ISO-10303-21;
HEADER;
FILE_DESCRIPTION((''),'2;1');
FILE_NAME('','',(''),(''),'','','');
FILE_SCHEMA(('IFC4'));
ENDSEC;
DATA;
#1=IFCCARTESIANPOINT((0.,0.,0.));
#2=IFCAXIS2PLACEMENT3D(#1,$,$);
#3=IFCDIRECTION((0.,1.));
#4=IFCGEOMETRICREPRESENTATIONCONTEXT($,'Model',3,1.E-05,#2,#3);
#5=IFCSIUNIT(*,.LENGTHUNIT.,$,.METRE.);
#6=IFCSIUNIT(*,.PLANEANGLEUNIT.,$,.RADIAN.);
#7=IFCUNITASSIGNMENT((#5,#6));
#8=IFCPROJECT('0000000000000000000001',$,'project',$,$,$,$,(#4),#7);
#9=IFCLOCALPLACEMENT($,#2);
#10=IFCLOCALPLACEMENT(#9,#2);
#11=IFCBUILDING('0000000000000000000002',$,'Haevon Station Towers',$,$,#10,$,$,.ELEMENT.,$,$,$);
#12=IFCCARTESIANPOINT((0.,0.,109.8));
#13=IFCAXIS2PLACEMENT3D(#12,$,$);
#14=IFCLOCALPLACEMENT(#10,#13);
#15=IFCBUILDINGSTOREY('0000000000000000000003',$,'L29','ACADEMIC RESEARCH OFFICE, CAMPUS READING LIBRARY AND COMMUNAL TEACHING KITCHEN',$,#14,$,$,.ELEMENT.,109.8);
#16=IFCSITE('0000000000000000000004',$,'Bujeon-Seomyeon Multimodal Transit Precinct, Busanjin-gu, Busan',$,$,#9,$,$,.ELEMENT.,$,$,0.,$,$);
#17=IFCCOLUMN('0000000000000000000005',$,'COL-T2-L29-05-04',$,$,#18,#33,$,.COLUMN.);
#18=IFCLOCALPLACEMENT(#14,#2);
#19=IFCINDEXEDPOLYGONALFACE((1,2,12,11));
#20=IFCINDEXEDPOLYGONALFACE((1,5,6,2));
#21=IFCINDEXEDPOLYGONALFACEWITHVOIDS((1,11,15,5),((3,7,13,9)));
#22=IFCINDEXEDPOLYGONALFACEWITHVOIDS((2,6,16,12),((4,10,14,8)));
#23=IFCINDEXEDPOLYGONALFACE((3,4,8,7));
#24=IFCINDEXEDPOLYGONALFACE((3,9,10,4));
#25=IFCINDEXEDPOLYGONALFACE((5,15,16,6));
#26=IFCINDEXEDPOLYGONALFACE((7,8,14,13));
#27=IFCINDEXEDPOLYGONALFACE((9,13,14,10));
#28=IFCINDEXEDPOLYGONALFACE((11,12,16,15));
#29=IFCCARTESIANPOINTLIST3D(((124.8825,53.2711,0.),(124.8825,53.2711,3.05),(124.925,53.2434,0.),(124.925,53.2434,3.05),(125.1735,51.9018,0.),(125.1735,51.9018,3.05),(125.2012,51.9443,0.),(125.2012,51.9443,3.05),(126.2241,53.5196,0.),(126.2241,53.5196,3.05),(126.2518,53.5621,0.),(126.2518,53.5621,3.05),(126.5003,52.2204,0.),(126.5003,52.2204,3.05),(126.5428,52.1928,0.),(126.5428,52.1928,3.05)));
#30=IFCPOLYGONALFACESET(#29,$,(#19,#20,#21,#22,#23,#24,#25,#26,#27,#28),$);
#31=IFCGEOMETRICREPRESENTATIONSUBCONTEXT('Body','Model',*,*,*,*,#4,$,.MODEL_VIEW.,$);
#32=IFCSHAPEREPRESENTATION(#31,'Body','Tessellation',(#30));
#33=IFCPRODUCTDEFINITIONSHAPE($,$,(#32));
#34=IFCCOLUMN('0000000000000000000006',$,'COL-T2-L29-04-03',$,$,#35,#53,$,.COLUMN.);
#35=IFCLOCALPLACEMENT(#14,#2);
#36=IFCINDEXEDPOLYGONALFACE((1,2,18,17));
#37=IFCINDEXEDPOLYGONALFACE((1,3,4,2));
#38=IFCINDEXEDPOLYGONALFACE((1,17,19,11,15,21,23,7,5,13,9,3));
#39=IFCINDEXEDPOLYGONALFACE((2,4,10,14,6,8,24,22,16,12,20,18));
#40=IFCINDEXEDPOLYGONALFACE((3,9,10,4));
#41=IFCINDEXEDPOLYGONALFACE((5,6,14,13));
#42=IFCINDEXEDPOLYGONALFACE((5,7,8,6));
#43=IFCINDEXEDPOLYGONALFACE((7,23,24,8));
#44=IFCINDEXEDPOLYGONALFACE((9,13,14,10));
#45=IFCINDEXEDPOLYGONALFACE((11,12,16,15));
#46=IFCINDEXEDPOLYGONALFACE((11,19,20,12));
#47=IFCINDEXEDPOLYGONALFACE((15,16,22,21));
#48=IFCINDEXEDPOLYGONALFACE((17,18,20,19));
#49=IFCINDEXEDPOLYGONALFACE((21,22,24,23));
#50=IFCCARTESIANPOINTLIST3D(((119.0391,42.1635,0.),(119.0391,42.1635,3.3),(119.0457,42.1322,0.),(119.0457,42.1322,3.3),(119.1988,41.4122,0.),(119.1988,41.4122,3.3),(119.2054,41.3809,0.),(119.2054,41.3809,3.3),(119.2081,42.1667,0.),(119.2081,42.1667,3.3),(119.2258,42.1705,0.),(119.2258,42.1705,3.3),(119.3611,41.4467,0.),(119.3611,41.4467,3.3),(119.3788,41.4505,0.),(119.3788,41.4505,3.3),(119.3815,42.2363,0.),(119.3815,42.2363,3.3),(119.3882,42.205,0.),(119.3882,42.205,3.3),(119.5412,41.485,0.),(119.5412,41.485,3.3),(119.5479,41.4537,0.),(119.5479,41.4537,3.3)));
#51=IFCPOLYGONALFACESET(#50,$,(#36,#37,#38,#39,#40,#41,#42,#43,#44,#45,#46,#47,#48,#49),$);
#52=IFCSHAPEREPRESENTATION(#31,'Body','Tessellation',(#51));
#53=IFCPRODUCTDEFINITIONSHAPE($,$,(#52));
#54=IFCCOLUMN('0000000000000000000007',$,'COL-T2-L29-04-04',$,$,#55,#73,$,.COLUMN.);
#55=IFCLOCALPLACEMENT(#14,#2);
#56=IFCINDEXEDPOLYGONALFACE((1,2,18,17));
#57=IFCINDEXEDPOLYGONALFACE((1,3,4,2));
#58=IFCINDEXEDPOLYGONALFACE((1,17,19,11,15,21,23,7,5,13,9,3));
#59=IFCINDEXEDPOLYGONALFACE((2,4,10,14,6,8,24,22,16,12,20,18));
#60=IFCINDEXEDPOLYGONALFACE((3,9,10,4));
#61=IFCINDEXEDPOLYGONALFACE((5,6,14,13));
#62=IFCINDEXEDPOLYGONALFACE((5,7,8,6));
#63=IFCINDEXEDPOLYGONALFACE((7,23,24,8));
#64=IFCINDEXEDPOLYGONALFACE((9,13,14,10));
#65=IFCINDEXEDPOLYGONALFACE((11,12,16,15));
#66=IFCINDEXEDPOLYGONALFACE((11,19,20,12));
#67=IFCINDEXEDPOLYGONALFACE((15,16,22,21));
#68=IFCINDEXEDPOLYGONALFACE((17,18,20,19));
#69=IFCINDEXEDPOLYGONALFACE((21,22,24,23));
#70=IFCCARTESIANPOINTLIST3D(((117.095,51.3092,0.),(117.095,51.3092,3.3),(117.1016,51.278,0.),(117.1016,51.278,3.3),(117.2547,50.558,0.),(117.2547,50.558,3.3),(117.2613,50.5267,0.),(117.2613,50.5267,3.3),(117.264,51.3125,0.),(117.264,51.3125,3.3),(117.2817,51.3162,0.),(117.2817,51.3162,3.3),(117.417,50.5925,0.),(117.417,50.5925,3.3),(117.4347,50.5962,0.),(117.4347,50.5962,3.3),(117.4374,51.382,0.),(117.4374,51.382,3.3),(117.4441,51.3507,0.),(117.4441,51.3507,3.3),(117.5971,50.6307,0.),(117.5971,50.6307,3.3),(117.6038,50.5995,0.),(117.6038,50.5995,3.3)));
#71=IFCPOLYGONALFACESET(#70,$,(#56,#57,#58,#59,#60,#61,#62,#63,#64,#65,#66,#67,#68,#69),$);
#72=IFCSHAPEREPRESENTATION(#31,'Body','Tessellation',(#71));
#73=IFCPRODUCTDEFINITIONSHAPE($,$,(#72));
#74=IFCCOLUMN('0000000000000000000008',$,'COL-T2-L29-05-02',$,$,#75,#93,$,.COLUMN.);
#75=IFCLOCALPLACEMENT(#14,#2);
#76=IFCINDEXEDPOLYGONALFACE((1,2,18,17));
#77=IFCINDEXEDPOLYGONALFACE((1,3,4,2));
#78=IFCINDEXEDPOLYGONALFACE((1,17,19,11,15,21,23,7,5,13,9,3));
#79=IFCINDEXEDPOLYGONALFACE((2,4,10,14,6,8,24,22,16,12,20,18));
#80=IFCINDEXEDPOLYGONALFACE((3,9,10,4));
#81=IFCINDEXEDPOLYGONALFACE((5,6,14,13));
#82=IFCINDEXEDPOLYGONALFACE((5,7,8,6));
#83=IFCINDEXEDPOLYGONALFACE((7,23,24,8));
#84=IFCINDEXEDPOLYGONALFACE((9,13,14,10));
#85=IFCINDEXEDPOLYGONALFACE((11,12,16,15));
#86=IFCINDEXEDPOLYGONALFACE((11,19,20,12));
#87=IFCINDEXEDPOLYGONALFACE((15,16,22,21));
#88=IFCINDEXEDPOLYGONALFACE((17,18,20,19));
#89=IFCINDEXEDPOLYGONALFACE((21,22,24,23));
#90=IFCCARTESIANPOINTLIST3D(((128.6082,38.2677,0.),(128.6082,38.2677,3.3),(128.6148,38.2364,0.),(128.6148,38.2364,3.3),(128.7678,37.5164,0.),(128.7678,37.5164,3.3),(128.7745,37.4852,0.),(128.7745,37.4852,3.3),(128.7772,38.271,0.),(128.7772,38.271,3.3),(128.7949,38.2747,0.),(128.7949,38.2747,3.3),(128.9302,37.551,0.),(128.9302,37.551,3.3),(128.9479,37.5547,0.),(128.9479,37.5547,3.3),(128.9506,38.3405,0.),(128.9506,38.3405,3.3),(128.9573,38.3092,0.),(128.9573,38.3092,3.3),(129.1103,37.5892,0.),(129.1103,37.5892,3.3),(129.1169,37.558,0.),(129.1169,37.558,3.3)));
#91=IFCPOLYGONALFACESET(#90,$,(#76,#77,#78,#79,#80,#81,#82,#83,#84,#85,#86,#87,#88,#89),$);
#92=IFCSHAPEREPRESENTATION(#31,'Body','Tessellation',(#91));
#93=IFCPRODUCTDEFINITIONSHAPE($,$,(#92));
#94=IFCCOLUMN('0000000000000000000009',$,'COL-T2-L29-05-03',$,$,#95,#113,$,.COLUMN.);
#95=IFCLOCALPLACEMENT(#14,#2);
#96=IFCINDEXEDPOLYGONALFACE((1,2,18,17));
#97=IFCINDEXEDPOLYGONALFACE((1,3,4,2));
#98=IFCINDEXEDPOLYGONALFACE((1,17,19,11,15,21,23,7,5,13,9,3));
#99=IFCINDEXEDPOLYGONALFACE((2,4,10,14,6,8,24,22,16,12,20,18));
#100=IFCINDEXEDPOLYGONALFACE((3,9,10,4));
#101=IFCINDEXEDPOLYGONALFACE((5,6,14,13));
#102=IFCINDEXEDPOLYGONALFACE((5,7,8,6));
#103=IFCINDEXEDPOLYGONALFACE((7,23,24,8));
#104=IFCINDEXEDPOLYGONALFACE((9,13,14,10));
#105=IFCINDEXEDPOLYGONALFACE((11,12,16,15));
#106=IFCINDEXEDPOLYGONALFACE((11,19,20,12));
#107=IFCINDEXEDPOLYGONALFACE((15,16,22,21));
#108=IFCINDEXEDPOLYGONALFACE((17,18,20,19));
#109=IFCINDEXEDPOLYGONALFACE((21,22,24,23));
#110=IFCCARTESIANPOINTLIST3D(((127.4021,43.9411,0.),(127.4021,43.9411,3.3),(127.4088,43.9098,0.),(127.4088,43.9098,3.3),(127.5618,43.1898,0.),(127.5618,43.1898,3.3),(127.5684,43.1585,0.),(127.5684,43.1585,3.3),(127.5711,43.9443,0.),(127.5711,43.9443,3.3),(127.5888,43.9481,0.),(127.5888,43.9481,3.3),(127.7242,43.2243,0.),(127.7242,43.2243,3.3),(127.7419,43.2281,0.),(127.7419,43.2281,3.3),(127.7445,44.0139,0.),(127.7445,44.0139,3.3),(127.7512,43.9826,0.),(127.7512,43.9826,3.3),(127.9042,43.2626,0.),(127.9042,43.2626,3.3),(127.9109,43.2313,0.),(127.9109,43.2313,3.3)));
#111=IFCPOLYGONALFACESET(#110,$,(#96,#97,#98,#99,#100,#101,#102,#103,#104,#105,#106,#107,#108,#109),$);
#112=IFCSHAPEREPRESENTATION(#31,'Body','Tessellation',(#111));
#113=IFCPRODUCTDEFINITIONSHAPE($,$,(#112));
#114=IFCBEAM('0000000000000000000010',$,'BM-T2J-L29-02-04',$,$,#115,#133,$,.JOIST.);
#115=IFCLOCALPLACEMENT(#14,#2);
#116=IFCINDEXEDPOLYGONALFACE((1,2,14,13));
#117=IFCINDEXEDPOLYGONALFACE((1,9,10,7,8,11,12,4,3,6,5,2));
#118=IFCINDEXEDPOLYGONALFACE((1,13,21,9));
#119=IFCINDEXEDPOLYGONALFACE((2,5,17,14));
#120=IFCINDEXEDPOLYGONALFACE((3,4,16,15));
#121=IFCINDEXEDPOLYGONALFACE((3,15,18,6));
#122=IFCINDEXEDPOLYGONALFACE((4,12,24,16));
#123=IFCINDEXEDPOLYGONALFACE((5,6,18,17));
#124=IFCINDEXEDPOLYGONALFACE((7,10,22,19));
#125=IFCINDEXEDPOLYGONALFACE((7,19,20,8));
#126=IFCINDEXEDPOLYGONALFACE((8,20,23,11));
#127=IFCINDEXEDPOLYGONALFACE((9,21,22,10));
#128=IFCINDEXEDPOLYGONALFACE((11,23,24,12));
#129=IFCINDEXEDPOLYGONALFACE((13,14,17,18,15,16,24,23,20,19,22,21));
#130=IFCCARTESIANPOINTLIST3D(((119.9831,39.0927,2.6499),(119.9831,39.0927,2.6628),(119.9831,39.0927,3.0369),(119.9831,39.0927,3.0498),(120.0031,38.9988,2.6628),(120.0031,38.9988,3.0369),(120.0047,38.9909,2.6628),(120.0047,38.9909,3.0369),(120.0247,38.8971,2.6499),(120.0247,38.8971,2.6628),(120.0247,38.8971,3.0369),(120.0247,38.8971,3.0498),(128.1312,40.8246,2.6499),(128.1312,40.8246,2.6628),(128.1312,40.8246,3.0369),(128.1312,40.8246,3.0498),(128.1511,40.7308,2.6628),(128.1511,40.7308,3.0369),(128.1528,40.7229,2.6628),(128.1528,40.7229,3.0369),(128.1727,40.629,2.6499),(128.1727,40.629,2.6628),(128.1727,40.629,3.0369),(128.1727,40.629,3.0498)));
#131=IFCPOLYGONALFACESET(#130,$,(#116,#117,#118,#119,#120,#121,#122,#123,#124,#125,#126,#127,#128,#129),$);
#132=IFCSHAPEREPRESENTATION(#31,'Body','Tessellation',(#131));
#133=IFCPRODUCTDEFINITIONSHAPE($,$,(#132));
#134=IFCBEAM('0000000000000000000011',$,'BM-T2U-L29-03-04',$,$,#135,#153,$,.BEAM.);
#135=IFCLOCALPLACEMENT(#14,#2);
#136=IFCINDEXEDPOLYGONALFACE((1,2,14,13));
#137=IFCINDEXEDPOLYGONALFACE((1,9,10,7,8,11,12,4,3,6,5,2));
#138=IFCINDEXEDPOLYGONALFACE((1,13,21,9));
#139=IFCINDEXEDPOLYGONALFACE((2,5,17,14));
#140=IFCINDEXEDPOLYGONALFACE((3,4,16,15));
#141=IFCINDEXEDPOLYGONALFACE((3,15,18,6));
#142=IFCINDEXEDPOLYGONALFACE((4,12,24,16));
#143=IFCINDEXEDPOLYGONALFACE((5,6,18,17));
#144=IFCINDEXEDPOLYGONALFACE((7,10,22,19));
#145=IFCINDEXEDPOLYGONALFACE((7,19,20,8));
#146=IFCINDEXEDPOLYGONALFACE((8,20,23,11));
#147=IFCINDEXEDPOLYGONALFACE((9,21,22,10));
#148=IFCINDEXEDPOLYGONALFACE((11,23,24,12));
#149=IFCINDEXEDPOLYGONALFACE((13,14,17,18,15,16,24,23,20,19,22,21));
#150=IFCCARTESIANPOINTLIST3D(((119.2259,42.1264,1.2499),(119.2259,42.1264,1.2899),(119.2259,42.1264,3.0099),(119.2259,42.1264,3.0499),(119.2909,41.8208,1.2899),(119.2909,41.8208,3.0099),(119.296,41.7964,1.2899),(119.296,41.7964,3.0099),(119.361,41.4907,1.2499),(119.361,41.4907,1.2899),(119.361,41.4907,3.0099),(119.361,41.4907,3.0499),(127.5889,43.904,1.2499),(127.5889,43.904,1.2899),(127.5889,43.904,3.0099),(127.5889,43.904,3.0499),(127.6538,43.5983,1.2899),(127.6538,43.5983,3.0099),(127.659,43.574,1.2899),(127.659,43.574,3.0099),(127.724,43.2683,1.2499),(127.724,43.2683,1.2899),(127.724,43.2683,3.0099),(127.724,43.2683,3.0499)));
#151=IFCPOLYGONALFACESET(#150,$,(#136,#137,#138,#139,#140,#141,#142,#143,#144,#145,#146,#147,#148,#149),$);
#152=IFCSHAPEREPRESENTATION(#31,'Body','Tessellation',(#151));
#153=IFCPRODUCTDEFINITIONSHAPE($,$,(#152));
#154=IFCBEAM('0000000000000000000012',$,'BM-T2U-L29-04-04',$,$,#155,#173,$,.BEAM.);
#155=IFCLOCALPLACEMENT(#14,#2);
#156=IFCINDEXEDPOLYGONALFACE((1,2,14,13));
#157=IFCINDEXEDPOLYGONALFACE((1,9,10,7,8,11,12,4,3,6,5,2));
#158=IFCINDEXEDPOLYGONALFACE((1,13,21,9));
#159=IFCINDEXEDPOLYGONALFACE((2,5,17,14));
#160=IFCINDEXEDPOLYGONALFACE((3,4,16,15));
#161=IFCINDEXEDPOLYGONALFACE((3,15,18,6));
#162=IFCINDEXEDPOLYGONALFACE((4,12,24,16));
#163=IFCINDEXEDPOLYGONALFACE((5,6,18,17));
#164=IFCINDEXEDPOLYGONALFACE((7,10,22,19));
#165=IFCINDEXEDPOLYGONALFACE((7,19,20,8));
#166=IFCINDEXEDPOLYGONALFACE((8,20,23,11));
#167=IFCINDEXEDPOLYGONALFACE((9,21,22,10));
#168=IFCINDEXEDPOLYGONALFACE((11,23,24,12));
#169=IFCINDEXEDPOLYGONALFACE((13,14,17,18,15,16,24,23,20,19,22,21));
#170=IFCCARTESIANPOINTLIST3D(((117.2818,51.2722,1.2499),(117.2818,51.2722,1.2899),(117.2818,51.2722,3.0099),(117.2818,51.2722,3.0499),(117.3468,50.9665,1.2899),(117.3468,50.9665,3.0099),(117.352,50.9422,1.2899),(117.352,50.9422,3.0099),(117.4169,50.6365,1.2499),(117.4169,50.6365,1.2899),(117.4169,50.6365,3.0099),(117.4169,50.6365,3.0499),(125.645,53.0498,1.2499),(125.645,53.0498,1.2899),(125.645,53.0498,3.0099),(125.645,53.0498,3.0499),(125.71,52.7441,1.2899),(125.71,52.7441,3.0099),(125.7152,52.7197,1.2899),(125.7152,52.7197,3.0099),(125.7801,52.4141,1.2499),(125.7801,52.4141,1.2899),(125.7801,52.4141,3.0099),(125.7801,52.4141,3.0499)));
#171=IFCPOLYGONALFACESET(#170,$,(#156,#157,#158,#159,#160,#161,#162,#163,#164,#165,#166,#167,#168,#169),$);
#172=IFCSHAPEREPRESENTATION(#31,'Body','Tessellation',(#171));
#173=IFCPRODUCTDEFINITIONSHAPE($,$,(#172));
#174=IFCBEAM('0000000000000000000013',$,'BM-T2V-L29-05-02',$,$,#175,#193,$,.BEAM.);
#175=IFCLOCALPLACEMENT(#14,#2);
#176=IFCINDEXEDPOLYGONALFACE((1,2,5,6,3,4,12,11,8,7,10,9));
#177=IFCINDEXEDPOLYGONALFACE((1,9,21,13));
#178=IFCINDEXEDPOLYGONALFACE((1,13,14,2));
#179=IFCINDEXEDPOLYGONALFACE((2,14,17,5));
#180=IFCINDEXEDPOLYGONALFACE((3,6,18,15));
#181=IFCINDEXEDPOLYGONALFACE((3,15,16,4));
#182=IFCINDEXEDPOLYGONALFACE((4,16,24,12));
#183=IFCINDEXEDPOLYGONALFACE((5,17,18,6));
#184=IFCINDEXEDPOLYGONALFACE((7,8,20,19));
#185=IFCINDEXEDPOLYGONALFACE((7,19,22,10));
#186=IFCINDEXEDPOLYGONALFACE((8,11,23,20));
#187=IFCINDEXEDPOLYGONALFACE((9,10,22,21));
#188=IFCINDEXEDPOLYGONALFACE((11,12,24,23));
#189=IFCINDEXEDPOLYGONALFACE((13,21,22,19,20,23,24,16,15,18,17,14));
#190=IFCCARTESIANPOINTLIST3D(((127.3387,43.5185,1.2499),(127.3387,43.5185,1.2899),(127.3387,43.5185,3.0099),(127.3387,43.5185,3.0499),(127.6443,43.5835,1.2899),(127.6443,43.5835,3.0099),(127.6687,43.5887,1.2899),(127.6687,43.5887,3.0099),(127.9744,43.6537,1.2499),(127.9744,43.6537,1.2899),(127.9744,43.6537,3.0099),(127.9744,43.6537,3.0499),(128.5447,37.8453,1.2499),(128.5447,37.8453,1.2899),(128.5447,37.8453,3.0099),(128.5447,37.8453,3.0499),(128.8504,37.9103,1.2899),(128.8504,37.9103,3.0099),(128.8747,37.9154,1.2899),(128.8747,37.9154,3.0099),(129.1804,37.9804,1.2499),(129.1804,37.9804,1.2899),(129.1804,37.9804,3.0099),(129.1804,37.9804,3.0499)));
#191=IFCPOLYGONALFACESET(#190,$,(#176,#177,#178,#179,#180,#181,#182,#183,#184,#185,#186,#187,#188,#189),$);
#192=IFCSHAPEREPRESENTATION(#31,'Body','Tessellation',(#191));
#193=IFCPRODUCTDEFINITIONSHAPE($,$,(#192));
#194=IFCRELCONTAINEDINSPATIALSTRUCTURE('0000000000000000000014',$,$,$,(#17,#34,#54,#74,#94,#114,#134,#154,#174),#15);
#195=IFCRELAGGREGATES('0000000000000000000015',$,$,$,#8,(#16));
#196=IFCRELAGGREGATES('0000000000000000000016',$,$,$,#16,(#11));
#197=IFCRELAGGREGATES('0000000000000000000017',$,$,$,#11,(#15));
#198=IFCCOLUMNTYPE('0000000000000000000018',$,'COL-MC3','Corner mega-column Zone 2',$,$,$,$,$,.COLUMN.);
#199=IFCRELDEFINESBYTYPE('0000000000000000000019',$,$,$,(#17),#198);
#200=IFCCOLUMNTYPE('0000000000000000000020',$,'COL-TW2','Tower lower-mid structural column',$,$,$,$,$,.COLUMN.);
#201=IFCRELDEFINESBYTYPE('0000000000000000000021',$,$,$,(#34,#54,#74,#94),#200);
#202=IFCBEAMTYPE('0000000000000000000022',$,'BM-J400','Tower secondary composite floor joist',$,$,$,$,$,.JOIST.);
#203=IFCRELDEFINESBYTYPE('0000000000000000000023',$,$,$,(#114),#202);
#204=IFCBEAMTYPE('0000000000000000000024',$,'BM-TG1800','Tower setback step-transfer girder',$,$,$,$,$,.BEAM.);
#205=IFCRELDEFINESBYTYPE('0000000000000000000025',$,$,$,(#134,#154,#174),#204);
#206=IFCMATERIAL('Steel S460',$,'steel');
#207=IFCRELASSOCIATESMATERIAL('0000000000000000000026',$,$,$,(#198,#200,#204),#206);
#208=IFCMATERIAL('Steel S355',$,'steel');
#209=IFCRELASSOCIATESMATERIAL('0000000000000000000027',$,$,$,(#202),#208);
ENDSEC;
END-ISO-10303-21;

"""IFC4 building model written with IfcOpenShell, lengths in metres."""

from ifc_helpers import new_model, si_unit, direction, frame, origin, origin_2d, place, context, subcontext, project, spatial, hollow_rectangle, i_section, extrude, material, material_profile, profile_set, type_object, element, save


model = new_model("IFC4")

# Units and contexts
model_context = context("Model", 3, precision=1e-05, world=origin(), true_north=direction((0.0, 1.0)))
body_context = subcontext(model_context, "Body", "Model", "MODEL_VIEW")
ifc_project = project(units=[si_unit("LENGTHUNIT", "METRE"), si_unit("PLANEANGLEUNIT", "RADIAN")], contexts=[model_context])

# Site, building, storey
site_placement = place(None, origin())
site = spatial("IfcSite", under=ifc_project, at=site_placement, Name="Bujeon-Seomyeon Multimodal Transit Precinct, Busanjin-gu, Busan", CompositionType="ELEMENT", RefElevation=0.0)
building_placement = place(site_placement, origin())
building = spatial("IfcBuilding", under=site, at=building_placement, Name="Haevon Station Towers", CompositionType="ELEMENT")
storey_placement = place(building_placement, frame((0.0, 0.0, 109.8)))
storey = spatial("IfcBuildingStorey", under=building, at=storey_placement, Name="L29", Description="ACADEMIC RESEARCH OFFICE, CAMPUS READING LIBRARY AND COMMUNAL TEACHING KITCHEN", CompositionType="ELEMENT", Elevation=109.8)

# Columns
ifc_material_1 = material(Name="Steel S460", Category="steel")
ifc_material_profile_1 = material_profile(ifc_material_1, hollow_rectangle(XDim=1.3999, YDim=1.3999, WallThickness=0.0359, at=origin_2d()), Name="BOX-1400x1400x36")
ifc_profile_set_1 = profile_set([ifc_material_profile_1], Name="Steel S460")
column_type_1 = type_object("IfcColumnType", Name="COL-MC3", Description="Corner mega-column Zone 2", PredefinedType="COLUMN", material=ifc_profile_set_1)
column_placement = place(storey_placement, frame((125.7126, 52.7319, 0.0), z_axis=(0.0, 0.0, 1.0), x_axis=(0.978148, 0.207912, 0.0)))
element("IfcColumn", 1, at=column_placement, inside=storey, type_object=column_type_1, Name="COL-T2-L29-05-04", PredefinedType="COLUMN", context=body_context, shape_type="SweptSolid", body=[
    extrude(hollow_rectangle(XDim=1.3999, YDim=1.3999, WallThickness=0.0359, at=origin_2d()), origin(), (0.0, 0.0, 1.0), 3.05),
])
ifc_material_profile_2 = material_profile(ifc_material_1, i_section(OverallWidth=0.3501, OverallDepth=0.8, WebThickness=0.0181, FlangeThickness=0.032, at=origin_2d()), Name="H-800x350x18x32")
ifc_profile_set_2 = profile_set([ifc_material_profile_2], Name="Steel S460")
column_type_2 = type_object("IfcColumnType", Name="COL-TW2", Description="Tower lower-mid structural column", PredefinedType="COLUMN", material=ifc_profile_set_2)
for number, where, z_axis, x_axis, name in (
    (2, (119.2935, 41.8086, 0.0), (0.0, 0.0, 1.0), (0.978148, 0.207912, 0.0), "COL-T2-L29-04-03"),
    (3, (117.3494, 50.9543, 0.0), (0.0, 0.0, 1.0), (0.978148, 0.207912, 0.0), "COL-T2-L29-04-04"),
    (4, (128.8625, 37.9128, 0.0), (0.0, 0.0, 1.0), (0.978148, 0.207912, 0.0), "COL-T2-L29-05-02"),
    (5, (127.6565, 43.5862, 0.0), (0.0, 0.0, 1.0), (0.978148, 0.207912, 0.0), "COL-T2-L29-05-03"),
):
    element("IfcColumn", number, at=place(storey_placement, frame(where, z_axis=z_axis, x_axis=x_axis)), inside=storey, type_object=column_type_2, Name=name, PredefinedType="COLUMN", context=body_context, shape_type="SweptSolid", body=[
        extrude(i_section(OverallWidth=0.3501, OverallDepth=0.8, WebThickness=0.0181, FlangeThickness=0.032, at=origin_2d()), origin(), (0.0, 0.0, 1.0), 3.3),
    ])

# Beams
ifc_material_2 = material(Name="Steel S355", Category="steel")
ifc_material_profile_3 = material_profile(ifc_material_2, i_section(OverallWidth=0.2, OverallDepth=0.3999, WebThickness=0.0081, FlangeThickness=0.0129, at=origin_2d()), Name="H-400x200x8x13")
ifc_profile_set_3 = profile_set([ifc_material_profile_3], Name="Steel S355")
beam_type_1 = type_object("IfcBeamType", Name="BM-J400", Description="Tower secondary composite floor joist", PredefinedType="JOIST", material=ifc_profile_set_3)
beam_1_placement = place(storey_placement, frame((120.0039, 38.9949, 2.8499), z_axis=(0.978147, 0.207916, 0.0), x_axis=(-0.207916, 0.978147, 0.0)))
element("IfcBeam", 6, at=beam_1_placement, inside=storey, type_object=beam_type_1, Name="BM-T2J-L29-02-04", PredefinedType="JOIST", context=body_context, shape_type="SweptSolid", body=[
    extrude(i_section(OverallWidth=0.2, OverallDepth=0.3999, WebThickness=0.0081, FlangeThickness=0.0129, at=origin_2d()), origin(), (0.0, 0.0, 1.0), 8.3301),
])
ifc_material_profile_4 = material_profile(ifc_material_1, i_section(OverallWidth=0.6499, OverallDepth=1.8, WebThickness=0.0249, FlangeThickness=0.04, at=origin_2d()), Name="H-1800x650x25x40")
ifc_profile_set_4 = profile_set([ifc_material_profile_4], Name="Steel S460")
beam_type_2 = type_object("IfcBeamType", Name="BM-TG1800", Description="Tower setback step-transfer girder", PredefinedType="BEAM", material=ifc_profile_set_4)
beam_2_placement = place(storey_placement, frame((119.2935, 41.8086, 2.1499), z_axis=(0.978148, 0.207908, 0.0), x_axis=(-0.207908, 0.978148, 0.0)))
element("IfcBeam", 7, at=beam_2_placement, inside=storey, type_object=beam_type_2, Name="BM-T2U-L29-03-04", PredefinedType="BEAM", context=body_context, shape_type="SweptSolid", body=[
    extrude(i_section(OverallWidth=0.6499, OverallDepth=1.8, WebThickness=0.0249, FlangeThickness=0.04, at=origin_2d()), origin(), (0.0, 0.0, 1.0), 8.5498),
])
beam_3_placement = place(storey_placement, frame((117.3494, 50.9543, 2.1499), z_axis=(0.97815, 0.207902, 0.0), x_axis=(-0.207902, 0.97815, 0.0)))
element("IfcBeam", 8, at=beam_3_placement, inside=storey, type_object=beam_type_2, Name="BM-T2U-L29-04-04", PredefinedType="BEAM", context=body_context, shape_type="SweptSolid", body=[
    extrude(i_section(OverallWidth=0.6499, OverallDepth=1.8, WebThickness=0.0249, FlangeThickness=0.04, at=origin_2d()), origin(), (0.0, 0.0, 1.0), 8.55),
])
beam_4_placement = place(storey_placement, frame((128.8625, 37.9128, 2.1499), z_axis=(-0.207936, 0.978142, 0.0), x_axis=(-0.978142, -0.207936, 0.0)))
element("IfcBeam", 9, at=beam_4_placement, inside=storey, type_object=beam_type_2, Name="BM-T2V-L29-05-02", PredefinedType="BEAM", context=body_context, shape_type="SweptSolid", body=[
    extrude(i_section(OverallWidth=0.6499, OverallDepth=1.8, WebThickness=0.0249, FlangeThickness=0.04, at=origin_2d()), origin(), (0.0, 0.0, 1.0), 5.8),
])

save(model, "model.ifc")
